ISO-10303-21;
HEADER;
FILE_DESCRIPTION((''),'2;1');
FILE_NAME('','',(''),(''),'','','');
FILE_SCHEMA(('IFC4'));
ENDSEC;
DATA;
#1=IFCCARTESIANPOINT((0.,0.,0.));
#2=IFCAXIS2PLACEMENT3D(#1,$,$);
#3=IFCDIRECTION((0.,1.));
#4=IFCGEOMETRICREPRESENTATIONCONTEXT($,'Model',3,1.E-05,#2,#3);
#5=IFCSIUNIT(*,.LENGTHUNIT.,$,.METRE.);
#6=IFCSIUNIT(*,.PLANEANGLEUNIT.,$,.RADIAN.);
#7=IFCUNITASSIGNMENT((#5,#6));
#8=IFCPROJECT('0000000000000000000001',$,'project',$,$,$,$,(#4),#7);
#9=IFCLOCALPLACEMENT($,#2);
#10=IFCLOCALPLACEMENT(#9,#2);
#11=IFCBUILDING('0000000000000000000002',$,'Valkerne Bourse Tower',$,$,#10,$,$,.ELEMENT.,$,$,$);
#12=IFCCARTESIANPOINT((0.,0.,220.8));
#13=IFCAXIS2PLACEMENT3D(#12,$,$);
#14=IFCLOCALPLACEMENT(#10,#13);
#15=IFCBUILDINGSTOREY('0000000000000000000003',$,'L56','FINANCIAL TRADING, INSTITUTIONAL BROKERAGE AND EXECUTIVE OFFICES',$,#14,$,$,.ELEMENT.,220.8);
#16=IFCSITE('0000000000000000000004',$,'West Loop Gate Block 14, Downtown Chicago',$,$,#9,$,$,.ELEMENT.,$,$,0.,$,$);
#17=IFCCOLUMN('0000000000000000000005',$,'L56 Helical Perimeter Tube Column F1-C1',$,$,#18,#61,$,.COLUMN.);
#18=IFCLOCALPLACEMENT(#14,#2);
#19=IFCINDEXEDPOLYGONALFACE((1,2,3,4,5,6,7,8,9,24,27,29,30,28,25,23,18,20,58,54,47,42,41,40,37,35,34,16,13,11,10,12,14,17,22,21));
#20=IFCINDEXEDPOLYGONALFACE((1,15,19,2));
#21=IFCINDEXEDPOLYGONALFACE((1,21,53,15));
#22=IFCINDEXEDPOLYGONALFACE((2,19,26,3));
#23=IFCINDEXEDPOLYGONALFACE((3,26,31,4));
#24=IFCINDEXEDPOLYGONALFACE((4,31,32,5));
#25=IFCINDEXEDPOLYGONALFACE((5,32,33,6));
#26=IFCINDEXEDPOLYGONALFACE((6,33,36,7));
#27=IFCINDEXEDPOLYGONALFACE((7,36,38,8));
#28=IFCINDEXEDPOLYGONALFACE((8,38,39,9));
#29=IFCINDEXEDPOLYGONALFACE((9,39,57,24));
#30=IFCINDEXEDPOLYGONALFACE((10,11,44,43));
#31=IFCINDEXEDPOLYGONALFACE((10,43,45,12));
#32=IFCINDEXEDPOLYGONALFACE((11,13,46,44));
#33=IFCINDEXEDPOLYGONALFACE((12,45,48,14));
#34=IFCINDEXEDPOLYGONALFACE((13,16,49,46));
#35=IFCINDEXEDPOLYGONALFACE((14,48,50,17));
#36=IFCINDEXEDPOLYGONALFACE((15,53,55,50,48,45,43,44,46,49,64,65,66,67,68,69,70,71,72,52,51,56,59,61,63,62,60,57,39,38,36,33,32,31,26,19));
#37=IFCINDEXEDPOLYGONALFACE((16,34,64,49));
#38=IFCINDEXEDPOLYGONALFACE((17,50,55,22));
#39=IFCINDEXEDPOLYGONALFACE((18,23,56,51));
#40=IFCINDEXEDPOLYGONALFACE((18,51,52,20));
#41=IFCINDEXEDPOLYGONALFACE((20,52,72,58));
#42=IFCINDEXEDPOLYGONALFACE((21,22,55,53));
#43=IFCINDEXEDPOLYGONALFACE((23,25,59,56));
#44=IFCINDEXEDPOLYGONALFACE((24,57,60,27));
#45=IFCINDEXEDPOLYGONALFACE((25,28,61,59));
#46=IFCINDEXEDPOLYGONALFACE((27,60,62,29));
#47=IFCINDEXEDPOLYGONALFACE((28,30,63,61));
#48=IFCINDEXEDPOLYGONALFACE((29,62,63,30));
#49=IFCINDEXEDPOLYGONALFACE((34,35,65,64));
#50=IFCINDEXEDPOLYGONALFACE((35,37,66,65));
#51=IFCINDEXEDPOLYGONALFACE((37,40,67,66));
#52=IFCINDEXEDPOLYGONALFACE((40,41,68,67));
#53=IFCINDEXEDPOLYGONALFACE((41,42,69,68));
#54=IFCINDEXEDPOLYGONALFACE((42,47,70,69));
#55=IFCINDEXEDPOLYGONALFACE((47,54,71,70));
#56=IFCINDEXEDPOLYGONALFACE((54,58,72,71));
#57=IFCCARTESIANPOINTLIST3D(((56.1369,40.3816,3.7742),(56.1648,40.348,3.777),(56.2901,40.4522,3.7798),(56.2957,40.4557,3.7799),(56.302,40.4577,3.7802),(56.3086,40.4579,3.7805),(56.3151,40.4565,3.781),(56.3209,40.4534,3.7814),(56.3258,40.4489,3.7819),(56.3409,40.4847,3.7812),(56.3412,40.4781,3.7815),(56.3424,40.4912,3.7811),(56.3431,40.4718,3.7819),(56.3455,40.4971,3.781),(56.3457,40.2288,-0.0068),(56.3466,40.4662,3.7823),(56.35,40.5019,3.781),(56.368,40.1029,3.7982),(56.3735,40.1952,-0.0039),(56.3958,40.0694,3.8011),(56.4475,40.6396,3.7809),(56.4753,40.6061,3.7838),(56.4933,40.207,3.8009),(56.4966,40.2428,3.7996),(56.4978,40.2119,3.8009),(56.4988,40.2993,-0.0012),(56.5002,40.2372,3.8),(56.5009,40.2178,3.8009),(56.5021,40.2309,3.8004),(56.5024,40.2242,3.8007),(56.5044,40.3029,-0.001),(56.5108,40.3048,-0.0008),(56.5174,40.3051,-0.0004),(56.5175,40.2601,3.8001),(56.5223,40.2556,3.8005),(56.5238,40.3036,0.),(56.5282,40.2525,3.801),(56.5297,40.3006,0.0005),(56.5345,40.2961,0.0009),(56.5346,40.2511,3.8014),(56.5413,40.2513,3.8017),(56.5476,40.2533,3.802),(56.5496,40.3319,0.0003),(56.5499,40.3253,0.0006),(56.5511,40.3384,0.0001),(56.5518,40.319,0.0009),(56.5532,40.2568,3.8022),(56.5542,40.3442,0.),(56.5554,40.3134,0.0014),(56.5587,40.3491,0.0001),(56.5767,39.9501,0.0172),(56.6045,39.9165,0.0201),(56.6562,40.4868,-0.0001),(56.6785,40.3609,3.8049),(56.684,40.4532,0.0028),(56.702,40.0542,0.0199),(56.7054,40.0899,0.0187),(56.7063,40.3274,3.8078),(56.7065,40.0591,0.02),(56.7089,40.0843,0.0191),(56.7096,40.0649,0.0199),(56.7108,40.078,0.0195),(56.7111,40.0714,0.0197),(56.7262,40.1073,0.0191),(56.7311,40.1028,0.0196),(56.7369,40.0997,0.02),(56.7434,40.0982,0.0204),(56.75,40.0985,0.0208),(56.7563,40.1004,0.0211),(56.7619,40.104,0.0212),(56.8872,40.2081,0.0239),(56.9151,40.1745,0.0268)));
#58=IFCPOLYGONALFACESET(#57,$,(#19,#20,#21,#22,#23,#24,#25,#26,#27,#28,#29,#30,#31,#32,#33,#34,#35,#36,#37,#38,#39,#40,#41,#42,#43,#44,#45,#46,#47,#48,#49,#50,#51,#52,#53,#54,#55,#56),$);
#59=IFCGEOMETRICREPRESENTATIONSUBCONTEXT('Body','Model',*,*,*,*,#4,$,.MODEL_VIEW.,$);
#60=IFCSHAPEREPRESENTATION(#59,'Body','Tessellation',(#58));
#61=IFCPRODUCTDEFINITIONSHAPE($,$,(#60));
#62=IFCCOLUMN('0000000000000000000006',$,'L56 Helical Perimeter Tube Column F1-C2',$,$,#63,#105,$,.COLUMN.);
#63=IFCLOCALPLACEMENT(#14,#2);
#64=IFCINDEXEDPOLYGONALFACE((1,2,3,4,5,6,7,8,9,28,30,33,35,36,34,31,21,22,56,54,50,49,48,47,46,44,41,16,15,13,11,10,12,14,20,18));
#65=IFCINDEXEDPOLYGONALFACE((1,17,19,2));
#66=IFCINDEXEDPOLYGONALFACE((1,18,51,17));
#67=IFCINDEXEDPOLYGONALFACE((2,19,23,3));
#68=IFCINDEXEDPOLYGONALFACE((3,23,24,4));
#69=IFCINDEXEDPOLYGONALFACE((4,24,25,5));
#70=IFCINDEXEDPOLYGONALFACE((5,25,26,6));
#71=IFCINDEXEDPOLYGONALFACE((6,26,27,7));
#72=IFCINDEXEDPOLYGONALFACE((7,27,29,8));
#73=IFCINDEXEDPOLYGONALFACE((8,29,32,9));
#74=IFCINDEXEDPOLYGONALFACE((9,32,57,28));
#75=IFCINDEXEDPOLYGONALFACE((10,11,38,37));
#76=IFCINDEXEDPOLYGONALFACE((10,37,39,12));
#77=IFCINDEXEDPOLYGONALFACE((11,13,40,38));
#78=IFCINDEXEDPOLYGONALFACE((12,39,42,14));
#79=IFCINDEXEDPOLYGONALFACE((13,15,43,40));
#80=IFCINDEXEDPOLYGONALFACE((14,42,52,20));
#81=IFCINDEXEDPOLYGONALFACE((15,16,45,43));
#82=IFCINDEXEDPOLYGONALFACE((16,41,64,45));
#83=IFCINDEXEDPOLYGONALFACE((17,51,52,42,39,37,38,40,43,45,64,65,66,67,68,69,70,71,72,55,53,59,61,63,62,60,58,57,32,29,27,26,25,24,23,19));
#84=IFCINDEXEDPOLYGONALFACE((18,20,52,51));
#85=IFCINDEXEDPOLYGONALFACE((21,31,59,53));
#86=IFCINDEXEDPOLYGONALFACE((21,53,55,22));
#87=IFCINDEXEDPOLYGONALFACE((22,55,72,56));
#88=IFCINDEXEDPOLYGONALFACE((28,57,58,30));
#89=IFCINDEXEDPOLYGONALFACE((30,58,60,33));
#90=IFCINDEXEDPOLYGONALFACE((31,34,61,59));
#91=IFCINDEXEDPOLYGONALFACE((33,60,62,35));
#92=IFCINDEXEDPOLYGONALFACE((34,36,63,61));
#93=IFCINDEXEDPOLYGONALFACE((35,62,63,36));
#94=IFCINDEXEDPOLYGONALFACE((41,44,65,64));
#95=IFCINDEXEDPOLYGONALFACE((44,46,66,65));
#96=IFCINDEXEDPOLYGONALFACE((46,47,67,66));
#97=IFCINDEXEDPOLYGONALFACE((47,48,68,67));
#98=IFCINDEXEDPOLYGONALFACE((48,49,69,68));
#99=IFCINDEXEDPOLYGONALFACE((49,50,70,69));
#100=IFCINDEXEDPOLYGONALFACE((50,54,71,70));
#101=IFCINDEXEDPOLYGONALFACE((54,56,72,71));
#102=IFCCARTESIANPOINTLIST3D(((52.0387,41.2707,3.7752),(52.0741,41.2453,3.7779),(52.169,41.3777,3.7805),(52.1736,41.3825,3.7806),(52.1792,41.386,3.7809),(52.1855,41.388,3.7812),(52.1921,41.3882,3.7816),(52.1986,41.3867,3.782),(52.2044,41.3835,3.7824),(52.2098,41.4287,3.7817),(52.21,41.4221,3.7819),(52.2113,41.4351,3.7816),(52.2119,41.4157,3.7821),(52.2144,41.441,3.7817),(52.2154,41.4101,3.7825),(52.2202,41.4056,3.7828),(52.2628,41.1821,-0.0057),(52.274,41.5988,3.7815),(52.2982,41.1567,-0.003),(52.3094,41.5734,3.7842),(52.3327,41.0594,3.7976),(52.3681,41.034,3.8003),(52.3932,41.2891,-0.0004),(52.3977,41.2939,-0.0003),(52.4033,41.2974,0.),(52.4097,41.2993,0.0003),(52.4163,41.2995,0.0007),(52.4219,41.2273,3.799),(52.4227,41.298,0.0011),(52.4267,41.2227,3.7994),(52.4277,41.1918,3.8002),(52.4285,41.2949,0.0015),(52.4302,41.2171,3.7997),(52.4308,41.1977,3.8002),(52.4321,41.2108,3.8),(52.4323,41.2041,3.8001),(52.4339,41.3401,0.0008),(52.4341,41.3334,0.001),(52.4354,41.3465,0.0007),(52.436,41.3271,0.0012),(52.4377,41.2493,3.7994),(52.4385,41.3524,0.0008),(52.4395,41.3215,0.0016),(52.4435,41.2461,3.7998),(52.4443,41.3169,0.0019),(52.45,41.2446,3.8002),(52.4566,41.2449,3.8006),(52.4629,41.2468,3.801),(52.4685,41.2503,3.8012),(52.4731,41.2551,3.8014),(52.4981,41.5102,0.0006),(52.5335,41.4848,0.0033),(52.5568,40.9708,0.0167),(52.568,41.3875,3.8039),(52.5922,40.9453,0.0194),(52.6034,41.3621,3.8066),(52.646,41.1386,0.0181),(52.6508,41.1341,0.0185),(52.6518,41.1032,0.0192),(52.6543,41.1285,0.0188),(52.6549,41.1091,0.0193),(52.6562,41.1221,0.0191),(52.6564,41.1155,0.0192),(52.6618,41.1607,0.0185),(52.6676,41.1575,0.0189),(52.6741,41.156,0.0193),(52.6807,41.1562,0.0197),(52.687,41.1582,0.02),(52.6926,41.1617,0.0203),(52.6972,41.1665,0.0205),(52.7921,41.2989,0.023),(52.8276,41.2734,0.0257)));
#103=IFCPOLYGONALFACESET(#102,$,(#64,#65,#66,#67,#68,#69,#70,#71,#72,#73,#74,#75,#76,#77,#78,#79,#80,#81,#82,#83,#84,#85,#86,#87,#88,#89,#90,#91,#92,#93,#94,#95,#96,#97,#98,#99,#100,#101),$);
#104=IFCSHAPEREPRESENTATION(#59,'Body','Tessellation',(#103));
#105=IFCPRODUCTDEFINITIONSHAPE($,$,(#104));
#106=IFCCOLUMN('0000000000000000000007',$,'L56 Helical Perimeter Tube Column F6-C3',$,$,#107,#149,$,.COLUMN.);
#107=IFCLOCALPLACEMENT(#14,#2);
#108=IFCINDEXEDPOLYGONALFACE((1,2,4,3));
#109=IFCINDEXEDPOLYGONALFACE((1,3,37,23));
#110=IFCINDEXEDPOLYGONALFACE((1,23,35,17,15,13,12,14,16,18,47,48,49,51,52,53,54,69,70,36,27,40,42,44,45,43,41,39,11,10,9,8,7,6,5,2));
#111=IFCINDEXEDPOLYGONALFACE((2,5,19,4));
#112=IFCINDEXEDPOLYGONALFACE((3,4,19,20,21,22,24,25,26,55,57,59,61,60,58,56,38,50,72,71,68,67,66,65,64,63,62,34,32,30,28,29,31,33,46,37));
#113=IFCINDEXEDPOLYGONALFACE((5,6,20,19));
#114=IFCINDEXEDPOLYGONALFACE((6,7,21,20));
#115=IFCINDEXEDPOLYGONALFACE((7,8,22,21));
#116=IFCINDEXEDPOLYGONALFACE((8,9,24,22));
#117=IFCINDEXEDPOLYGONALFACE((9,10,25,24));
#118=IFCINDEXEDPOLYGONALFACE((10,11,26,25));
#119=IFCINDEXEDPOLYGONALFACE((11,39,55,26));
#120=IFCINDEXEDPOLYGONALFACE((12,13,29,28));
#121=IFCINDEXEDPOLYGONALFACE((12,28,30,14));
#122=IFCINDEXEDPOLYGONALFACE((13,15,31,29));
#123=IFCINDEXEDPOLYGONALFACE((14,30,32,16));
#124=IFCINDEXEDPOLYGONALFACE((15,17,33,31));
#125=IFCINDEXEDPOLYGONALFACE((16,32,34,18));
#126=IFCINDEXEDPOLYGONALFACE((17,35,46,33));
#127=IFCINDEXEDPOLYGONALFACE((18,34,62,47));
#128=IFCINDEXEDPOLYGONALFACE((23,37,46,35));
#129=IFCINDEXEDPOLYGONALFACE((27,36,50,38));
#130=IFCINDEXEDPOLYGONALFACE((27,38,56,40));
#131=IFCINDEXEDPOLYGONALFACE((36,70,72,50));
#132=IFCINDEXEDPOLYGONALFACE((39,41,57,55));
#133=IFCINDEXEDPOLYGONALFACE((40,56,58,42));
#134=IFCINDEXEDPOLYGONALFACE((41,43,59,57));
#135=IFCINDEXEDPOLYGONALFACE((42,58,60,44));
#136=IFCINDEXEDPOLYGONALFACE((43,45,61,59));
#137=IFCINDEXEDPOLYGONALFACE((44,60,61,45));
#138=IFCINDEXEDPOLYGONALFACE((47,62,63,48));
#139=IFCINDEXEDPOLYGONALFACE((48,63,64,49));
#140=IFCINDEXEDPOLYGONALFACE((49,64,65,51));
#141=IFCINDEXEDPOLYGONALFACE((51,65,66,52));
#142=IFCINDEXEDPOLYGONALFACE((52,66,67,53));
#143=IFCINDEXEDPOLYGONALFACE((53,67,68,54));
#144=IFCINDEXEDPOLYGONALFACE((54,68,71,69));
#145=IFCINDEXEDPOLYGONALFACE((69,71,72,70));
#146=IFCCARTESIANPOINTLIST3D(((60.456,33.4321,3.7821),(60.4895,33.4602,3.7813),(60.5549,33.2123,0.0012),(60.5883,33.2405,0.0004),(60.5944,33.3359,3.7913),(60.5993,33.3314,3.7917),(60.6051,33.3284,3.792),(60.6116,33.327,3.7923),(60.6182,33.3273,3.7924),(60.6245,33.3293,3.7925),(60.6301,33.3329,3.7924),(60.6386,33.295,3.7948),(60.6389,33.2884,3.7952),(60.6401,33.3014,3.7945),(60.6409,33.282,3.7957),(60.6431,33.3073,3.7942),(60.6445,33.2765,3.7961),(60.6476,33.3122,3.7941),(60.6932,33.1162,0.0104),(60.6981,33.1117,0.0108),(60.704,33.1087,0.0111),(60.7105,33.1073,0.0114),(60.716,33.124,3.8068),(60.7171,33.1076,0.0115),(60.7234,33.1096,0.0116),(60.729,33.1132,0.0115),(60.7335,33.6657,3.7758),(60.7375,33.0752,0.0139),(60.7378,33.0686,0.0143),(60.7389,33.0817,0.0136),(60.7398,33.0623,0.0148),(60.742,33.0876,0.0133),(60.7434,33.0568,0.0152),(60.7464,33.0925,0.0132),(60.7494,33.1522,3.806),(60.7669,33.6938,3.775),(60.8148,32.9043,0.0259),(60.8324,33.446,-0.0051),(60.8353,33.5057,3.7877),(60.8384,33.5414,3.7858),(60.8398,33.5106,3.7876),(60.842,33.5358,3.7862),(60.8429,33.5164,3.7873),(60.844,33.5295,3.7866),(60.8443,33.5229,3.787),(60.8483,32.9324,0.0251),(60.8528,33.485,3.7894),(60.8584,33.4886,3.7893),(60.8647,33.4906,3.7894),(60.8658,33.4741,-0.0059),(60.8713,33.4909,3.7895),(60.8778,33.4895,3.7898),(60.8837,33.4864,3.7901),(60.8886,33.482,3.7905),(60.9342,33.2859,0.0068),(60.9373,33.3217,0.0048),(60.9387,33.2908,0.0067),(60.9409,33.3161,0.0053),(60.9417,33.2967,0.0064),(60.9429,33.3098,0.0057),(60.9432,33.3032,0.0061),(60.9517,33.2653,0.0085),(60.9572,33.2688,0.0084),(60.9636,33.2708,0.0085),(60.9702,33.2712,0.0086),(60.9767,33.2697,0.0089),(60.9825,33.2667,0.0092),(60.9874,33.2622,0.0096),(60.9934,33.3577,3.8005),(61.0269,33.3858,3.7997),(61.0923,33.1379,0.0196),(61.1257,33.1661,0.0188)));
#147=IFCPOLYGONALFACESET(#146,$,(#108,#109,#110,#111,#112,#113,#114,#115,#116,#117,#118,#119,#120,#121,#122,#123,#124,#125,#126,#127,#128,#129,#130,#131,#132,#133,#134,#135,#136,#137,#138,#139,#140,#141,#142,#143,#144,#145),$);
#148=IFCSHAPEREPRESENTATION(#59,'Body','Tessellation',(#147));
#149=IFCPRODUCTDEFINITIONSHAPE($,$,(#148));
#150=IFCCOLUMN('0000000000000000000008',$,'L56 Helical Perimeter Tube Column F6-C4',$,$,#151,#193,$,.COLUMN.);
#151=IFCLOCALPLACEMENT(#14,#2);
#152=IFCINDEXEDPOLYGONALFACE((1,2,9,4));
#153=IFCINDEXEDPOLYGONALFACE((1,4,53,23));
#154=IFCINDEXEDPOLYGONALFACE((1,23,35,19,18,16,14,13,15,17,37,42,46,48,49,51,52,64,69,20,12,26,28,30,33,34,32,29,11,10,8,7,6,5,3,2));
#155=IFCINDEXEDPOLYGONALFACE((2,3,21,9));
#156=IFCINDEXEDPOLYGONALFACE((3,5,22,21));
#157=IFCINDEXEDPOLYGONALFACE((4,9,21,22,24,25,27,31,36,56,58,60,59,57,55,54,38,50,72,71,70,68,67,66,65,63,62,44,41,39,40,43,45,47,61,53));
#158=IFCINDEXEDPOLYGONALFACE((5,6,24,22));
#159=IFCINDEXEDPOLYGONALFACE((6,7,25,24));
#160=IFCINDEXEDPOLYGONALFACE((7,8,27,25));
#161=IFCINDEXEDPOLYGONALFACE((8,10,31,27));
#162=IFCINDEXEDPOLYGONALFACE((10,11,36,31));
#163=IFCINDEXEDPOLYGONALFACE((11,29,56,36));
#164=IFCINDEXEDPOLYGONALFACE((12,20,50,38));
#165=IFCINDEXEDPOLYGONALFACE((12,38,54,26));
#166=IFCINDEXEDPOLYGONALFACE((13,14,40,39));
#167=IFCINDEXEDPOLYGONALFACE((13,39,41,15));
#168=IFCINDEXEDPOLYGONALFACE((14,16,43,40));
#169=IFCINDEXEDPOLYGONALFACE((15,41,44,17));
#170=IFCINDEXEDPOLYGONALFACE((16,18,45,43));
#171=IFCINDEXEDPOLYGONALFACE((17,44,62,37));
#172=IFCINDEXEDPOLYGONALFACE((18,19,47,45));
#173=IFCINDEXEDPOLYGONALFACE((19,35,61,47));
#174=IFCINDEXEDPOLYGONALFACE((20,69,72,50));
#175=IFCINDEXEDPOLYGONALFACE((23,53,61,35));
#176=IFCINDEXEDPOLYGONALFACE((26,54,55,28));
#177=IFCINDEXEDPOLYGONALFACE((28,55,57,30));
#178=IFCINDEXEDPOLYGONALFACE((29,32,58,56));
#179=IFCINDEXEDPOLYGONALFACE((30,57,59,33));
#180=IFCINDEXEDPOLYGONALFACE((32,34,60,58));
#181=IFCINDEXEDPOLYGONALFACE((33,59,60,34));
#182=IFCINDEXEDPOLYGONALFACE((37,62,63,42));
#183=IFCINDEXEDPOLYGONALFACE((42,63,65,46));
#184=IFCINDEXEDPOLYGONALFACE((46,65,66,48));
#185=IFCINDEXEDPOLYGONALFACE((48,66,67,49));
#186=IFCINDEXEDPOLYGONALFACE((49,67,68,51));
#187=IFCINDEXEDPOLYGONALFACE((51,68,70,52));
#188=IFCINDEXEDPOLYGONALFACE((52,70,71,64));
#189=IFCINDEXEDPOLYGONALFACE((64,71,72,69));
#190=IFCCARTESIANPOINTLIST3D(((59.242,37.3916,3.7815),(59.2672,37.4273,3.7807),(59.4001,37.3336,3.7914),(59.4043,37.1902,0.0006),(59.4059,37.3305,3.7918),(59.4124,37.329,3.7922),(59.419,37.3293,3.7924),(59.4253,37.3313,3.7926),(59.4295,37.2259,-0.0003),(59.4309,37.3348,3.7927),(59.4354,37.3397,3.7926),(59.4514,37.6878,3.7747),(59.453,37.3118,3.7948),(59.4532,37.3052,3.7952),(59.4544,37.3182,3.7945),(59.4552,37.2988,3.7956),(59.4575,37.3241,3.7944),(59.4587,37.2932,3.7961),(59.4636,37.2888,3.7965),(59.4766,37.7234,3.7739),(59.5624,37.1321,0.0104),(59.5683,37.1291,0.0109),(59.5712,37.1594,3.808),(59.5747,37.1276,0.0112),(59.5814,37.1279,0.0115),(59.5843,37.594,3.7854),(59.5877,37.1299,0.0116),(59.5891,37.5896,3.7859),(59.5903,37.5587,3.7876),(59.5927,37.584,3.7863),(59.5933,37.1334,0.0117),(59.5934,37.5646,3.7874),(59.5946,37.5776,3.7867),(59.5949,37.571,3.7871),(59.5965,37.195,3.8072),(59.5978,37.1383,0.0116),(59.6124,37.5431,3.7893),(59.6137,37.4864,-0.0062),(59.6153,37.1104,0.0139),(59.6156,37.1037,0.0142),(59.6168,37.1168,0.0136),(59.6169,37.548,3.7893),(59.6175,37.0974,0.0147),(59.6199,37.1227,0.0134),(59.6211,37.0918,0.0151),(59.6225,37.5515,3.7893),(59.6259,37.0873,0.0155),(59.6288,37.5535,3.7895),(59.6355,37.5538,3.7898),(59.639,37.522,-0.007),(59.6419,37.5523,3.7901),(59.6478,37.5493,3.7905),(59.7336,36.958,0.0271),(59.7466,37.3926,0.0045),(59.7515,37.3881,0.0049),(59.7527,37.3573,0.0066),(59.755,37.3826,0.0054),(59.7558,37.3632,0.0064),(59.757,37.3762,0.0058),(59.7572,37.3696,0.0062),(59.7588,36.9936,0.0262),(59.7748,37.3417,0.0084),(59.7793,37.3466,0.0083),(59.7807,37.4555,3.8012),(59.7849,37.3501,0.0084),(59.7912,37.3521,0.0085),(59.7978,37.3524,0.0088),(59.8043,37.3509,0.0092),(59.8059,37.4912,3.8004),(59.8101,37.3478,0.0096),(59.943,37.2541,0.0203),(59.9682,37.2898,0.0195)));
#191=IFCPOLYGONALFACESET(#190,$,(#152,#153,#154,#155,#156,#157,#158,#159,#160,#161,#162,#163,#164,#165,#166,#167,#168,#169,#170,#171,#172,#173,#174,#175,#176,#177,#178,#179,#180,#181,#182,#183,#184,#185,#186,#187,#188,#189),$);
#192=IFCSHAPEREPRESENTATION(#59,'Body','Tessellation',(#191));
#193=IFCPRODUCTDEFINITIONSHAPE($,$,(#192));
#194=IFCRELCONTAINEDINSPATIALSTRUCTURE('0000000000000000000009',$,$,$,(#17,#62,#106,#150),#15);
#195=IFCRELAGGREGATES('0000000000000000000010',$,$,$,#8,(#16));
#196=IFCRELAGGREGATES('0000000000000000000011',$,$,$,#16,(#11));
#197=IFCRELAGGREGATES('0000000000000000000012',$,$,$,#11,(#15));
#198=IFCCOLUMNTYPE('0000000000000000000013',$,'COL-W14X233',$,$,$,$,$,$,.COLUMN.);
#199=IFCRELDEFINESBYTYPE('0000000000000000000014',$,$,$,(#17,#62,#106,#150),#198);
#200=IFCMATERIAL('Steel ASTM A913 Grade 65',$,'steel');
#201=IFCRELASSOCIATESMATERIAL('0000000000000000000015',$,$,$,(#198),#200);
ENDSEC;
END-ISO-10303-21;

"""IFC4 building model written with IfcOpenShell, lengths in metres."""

from ifc_helpers import new_model, si_unit, direction, frame, origin, origin_2d, place, context, subcontext, project, spatial, i_section, extrude, material, material_profile, profile_set, type_object, element, save


model = new_model("IFC4")

# Units and contexts
model_context = context("Model", 3, precision=1e-05, world=origin(), true_north=direction((0.0, 1.0)))
body_context = subcontext(model_context, "Body", "Model", "MODEL_VIEW")
ifc_project = project(units=[si_unit("LENGTHUNIT", "METRE"), si_unit("PLANEANGLEUNIT", "RADIAN")], contexts=[model_context])

# Site, building, storey
site_placement = place(None, origin())
site = spatial("IfcSite", under=ifc_project, at=site_placement, Name="West Loop Gate Block 14, Downtown Chicago", CompositionType="ELEMENT", RefElevation=0.0)
building_placement = place(site_placement, origin())
building = spatial("IfcBuilding", under=site, at=building_placement, Name="Valkerne Bourse Tower", CompositionType="ELEMENT")
storey_placement = place(building_placement, frame((0.0, 0.0, 220.8)))
storey = spatial("IfcBuildingStorey", under=building, at=storey_placement, Name="L56", Description="FINANCIAL TRADING, INSTITUTIONAL BROKERAGE AND EXECUTIVE OFFICES", CompositionType="ELEMENT", Elevation=220.8)

# Columns
ifc_material_1 = material(Name="Steel ASTM A913 Grade 65", Category="steel")
ifc_material_profile_1 = material_profile(ifc_material_1, i_section(OverallWidth=0.4038, OverallDepth=0.4065, WebThickness=0.0271, FlangeThickness=0.0437, FilletRadius=0.0254, at=origin_2d()), Name="W14X233")
ifc_profile_set_1 = profile_set([ifc_material_profile_1], Name="Steel ASTM A913 Grade 65")
column_type = type_object("IfcColumnType", Name="COL-W14X233", PredefinedType="COLUMN", material=ifc_profile_set_1)
column_1_placement = place(storey_placement, frame((56.6304, 40.2017, 0.01), z_axis=(-0.055079, 0.040327, 0.997667), x_axis=(0.769055, 0.638966, 0.01663)))
element("IfcColumn", 1, at=column_1_placement, inside=storey, type_object=column_type, Name="L56 Helical Perimeter Tube Column F1-C1", PredefinedType="COLUMN", context=body_context, shape_type="SweptSolid", body=[
    extrude(i_section(OverallWidth=0.4038, OverallDepth=0.4065, WebThickness=0.0271, FlangeThickness=0.0437, FilletRadius=0.0254, at=origin_2d()), origin(), (0.0, 0.0, 1.0), 3.7898),
])
for number, where, z_axis, x_axis, name in (
    (2, (52.5452, 41.2278, 0.01), (-0.059155, 0.023392, 0.997975), (0.582729, 0.812519, 0.015497), "L56 Helical Perimeter Tube Column F1-C2"),
    (3, (60.8403, 33.1892, 0.01), (-0.026098, 0.057996, 0.997976), (0.643695, -0.762834, 0.061164), "L56 Helical Perimeter Tube Column F6-C3"),
):
    element("IfcColumn", number, at=place(storey_placement, frame(where, z_axis=z_axis, x_axis=x_axis)), inside=storey, type_object=column_type, Name=name, PredefinedType="COLUMN", context=body_context, shape_type="SweptSolid", body=[
        extrude(i_section(OverallWidth=0.4038, OverallDepth=0.4065, WebThickness=0.0271, FlangeThickness=0.0437, FilletRadius=0.0254, at=origin_2d()), origin(), (0.0, 0.0, 1.0), 3.7886),
    ])
column_2_placement = place(storey_placement, frame((59.6863, 37.24, 0.01), z_axis=(-0.042839, 0.053146, 0.997667), x_axis=(0.815444, -0.5751, 0.06565)))
element("IfcColumn", 4, at=column_2_placement, inside=storey, type_object=column_type, Name="L56 Helical Perimeter Tube Column F6-C4", PredefinedType="COLUMN", context=body_context, shape_type="SweptSolid", body=[
    extrude(i_section(OverallWidth=0.4038, OverallDepth=0.4065, WebThickness=0.0271, FlangeThickness=0.0437, FilletRadius=0.0254, at=origin_2d()), origin(), (0.0, 0.0, 1.0), 3.7898),
])

save(model, "model.ifc")
